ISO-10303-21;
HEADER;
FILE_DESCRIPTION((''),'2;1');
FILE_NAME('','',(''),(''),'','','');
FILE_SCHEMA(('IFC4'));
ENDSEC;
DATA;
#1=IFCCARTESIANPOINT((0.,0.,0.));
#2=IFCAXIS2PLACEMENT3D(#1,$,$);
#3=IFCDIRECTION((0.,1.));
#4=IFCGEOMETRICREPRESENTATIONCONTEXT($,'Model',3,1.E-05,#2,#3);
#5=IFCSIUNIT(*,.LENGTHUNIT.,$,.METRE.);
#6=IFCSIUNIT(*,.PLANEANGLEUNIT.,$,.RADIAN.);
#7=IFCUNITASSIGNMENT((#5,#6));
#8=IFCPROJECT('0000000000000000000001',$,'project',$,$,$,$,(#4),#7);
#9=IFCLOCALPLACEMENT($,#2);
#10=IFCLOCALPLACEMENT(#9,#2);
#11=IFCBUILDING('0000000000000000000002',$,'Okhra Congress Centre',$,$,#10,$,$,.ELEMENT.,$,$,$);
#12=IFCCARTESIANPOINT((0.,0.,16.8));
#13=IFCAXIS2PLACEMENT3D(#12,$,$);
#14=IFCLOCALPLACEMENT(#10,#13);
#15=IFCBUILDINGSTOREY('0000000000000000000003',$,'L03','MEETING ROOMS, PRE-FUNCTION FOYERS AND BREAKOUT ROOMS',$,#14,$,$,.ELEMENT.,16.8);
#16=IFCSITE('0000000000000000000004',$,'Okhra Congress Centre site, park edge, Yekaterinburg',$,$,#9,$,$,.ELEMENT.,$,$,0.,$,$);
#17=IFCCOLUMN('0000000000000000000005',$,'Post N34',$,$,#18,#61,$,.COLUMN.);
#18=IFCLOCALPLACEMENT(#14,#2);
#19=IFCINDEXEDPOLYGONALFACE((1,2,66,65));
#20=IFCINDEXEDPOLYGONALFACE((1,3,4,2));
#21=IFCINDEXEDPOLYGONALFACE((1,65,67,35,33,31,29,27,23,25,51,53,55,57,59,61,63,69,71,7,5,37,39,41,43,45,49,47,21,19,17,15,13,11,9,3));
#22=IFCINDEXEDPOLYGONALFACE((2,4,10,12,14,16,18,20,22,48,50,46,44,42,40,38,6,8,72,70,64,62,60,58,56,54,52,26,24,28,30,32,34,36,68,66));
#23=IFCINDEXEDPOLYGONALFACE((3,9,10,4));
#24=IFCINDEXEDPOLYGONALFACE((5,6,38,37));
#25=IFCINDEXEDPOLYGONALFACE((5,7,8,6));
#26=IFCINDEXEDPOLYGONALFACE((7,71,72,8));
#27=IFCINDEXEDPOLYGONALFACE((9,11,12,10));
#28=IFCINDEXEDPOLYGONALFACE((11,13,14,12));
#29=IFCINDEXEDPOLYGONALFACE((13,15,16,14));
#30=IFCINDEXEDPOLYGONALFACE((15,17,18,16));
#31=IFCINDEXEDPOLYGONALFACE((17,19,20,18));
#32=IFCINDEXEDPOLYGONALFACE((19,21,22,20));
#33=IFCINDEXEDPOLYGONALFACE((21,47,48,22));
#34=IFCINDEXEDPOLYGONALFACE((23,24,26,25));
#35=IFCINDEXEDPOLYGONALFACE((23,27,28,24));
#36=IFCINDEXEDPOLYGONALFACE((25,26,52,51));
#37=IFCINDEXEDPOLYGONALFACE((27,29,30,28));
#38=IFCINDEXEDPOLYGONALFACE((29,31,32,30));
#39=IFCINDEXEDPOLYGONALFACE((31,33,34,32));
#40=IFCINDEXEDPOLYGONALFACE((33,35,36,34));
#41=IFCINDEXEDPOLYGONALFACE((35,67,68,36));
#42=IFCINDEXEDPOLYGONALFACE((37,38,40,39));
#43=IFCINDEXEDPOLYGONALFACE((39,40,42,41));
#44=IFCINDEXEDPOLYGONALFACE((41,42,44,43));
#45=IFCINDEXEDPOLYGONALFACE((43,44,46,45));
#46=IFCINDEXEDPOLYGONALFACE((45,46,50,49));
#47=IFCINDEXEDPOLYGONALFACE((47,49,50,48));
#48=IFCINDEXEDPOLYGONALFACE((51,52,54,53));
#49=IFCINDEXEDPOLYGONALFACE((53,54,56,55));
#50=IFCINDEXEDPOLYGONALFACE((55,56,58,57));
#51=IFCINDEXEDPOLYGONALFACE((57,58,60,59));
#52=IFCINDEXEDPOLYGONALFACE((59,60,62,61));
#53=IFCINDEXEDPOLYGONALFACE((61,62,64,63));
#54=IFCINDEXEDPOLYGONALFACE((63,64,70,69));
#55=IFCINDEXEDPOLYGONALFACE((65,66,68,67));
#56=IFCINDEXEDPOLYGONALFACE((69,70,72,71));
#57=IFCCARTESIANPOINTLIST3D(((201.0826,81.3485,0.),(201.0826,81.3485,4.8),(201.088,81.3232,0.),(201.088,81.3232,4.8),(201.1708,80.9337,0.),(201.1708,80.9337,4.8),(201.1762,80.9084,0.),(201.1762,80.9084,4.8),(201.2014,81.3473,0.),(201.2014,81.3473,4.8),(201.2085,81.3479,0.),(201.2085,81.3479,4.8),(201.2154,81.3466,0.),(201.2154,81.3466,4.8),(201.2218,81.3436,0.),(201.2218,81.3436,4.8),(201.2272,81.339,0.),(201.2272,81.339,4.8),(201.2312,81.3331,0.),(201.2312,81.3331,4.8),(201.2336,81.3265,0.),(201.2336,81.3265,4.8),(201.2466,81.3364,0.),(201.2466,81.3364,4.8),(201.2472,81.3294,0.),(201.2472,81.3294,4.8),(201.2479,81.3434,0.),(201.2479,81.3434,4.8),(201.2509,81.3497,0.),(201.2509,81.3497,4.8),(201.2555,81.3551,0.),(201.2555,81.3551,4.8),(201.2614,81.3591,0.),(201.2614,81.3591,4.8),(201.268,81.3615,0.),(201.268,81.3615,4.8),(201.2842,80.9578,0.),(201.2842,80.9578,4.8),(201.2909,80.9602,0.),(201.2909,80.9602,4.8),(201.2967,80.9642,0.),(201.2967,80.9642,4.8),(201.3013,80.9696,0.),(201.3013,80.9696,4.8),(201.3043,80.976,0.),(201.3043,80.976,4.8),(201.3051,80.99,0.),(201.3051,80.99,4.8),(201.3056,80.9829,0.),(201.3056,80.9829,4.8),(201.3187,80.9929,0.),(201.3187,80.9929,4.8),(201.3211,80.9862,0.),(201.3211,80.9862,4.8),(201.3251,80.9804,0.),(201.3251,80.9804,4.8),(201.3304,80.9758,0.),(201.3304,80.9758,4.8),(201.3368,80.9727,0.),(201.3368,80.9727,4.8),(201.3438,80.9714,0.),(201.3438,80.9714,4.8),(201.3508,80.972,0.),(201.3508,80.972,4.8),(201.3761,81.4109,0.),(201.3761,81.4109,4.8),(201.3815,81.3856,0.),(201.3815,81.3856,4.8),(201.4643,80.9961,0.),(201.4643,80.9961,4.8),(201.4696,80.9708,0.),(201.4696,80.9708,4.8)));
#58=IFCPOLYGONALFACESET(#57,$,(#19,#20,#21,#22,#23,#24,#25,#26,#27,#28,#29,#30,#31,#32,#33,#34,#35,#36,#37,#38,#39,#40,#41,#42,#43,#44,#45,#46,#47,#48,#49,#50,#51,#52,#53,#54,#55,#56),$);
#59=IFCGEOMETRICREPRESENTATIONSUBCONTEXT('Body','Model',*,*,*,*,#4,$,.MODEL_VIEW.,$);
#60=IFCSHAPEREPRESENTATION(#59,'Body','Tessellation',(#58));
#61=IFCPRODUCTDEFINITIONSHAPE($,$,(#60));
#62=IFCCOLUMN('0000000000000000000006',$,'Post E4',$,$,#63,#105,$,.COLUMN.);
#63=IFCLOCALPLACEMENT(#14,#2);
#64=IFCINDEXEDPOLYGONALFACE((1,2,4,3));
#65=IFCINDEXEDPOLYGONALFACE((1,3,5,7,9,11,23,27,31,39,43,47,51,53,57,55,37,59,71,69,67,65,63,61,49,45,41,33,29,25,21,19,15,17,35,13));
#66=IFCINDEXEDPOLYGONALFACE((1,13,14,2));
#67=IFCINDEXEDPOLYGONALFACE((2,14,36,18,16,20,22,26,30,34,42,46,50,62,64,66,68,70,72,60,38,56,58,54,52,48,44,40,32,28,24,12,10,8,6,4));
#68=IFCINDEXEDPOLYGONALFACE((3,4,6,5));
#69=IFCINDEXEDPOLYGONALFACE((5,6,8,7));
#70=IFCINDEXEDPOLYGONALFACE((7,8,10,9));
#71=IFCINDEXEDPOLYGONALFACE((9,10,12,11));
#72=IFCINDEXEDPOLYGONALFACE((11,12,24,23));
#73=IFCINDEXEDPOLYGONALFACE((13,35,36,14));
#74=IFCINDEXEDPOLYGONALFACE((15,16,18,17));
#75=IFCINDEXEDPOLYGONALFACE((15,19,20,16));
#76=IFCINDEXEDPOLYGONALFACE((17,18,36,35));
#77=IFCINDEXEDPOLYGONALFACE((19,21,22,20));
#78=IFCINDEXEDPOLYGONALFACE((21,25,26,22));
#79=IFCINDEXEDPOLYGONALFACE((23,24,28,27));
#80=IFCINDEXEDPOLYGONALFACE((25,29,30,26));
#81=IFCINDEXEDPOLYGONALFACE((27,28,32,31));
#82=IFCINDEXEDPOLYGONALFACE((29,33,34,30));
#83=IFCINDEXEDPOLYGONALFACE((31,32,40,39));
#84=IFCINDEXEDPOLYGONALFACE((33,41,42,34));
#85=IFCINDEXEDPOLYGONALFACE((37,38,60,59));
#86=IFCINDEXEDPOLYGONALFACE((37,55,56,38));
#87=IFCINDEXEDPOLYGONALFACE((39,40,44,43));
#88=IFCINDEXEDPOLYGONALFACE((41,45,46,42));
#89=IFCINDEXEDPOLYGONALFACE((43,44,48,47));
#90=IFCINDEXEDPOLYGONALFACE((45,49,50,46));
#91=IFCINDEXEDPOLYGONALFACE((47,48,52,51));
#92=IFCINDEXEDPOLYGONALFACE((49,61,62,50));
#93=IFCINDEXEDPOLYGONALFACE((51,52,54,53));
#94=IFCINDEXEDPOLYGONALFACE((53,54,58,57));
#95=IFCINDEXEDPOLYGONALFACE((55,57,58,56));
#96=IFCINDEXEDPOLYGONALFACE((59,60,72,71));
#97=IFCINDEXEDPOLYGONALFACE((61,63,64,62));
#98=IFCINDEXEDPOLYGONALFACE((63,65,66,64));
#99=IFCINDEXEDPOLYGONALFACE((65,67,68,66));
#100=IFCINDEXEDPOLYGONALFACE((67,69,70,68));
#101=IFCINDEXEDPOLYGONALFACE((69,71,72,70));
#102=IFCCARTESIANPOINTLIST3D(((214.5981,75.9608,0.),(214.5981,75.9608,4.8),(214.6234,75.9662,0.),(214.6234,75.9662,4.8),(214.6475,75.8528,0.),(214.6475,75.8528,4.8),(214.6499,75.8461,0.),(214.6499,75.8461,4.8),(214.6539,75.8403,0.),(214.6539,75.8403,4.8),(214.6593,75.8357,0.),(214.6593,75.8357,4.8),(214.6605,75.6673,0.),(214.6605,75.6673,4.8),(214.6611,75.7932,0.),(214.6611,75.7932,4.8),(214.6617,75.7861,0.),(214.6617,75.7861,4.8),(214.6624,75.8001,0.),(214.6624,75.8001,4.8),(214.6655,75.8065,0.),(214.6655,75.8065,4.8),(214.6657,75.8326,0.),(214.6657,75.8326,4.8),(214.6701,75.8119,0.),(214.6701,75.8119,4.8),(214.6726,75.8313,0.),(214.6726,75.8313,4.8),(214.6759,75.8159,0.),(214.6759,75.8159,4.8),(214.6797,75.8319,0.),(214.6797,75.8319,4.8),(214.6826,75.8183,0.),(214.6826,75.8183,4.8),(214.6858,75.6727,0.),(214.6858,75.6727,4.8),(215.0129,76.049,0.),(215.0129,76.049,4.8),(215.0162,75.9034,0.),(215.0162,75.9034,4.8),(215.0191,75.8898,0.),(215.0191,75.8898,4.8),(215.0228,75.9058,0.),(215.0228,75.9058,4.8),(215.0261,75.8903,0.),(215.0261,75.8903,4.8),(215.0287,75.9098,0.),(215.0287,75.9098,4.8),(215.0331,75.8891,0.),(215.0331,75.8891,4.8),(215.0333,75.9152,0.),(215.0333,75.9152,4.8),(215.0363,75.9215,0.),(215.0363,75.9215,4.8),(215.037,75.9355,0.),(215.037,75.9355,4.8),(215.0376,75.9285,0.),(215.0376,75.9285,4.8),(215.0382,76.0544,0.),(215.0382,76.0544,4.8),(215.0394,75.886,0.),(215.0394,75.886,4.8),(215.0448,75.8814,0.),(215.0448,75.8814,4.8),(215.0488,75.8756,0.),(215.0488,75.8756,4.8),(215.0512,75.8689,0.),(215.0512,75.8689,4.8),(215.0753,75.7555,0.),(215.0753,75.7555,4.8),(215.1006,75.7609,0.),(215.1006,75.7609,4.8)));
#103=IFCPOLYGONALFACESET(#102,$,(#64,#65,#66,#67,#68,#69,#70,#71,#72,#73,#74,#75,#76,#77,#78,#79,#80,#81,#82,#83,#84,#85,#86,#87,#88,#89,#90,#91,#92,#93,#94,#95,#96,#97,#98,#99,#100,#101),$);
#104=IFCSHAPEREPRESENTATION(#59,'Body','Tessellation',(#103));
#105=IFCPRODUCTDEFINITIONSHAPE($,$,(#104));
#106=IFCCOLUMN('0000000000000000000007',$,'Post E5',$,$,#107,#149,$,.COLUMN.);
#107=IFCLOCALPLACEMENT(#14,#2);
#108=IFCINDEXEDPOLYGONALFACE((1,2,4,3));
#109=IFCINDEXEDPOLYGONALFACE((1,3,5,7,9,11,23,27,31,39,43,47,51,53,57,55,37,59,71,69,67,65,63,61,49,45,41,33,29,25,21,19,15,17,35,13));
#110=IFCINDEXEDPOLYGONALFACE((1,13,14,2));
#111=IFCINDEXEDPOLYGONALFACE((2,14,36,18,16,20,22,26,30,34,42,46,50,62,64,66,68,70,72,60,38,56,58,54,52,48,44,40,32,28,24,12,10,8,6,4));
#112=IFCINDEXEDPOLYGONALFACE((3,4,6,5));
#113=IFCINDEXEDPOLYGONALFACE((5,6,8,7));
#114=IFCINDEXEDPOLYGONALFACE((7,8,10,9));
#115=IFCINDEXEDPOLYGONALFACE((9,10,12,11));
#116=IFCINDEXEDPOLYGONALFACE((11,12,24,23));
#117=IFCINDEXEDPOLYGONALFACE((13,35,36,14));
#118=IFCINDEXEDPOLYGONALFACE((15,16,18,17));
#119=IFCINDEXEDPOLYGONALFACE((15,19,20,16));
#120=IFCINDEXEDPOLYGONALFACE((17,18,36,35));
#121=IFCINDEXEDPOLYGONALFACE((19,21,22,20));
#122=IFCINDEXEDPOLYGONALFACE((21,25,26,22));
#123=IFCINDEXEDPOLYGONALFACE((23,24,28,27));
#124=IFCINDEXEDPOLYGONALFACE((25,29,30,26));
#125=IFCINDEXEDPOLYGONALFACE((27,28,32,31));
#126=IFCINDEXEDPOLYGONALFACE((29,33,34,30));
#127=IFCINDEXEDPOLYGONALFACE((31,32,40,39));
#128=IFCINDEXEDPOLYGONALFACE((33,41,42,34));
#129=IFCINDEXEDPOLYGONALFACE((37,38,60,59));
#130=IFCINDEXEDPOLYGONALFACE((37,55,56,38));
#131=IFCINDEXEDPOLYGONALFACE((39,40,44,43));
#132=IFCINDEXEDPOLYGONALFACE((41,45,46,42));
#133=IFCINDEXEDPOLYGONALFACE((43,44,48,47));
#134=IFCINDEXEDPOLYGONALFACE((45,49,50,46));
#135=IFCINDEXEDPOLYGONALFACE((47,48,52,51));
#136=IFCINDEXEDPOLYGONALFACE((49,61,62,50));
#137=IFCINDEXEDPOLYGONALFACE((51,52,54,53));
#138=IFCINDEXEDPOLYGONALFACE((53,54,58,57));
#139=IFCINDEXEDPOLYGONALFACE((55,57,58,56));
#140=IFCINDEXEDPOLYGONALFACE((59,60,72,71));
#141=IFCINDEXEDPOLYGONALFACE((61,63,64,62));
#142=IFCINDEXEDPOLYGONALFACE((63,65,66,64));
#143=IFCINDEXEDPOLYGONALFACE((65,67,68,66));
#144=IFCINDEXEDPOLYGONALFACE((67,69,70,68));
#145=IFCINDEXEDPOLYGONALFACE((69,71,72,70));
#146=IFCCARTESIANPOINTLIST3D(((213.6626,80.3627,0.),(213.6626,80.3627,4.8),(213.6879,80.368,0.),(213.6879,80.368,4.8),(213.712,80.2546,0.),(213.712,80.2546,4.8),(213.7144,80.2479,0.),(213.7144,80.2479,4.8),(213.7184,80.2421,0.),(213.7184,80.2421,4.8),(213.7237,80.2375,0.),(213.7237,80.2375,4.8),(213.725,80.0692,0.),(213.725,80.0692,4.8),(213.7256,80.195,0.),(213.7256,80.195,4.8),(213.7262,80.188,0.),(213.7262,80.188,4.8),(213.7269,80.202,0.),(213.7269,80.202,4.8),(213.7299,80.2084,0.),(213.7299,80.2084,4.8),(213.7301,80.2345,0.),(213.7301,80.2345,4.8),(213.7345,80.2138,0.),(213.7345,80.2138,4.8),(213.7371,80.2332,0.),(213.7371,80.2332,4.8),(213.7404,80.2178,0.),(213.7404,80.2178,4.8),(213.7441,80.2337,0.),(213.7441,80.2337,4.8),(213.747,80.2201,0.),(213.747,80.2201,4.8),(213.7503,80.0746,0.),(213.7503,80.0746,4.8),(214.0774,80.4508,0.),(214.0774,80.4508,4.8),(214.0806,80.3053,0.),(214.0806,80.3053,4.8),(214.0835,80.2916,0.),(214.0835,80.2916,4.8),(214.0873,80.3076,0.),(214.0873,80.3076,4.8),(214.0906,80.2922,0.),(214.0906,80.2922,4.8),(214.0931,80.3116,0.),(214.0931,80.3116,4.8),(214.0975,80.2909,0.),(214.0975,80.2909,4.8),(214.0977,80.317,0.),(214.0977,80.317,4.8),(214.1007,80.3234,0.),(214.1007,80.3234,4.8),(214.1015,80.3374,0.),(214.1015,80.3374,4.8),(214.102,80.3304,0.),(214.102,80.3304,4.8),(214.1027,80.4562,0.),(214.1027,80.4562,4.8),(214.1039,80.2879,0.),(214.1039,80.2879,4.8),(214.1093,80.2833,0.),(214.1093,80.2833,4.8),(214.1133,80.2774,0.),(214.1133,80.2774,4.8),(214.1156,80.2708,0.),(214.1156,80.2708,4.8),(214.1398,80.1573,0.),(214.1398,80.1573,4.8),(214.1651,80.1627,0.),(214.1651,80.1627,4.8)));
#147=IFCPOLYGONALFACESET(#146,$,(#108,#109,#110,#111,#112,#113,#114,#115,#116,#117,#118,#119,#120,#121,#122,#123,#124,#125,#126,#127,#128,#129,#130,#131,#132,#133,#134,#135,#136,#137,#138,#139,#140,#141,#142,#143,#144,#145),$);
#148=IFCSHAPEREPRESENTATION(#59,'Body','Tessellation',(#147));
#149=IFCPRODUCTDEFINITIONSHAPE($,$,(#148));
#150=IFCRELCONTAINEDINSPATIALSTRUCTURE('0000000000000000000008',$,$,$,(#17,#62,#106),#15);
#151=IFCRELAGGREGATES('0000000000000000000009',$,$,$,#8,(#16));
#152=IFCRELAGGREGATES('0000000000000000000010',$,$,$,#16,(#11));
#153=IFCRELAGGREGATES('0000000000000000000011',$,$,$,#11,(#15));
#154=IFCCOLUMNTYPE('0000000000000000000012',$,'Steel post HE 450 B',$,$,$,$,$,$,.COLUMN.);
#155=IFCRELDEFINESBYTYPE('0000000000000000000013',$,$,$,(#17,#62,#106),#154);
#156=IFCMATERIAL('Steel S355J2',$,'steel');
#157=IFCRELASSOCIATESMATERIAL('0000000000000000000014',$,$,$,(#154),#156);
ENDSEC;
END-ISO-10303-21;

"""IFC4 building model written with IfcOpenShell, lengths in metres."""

from ifc_helpers import new_model, si_unit, direction, frame, origin, origin_2d, place, context, subcontext, project, spatial, i_section, extrude, material, material_profile, profile_set, type_object, element, save


model = new_model("IFC4")

# Units and contexts
model_context = context("Model", 3, precision=1e-05, world=origin(), true_north=direction((0.0, 1.0)))
body_context = subcontext(model_context, "Body", "Model", "MODEL_VIEW")
ifc_project = project(units=[si_unit("LENGTHUNIT", "METRE"), si_unit("PLANEANGLEUNIT", "RADIAN")], contexts=[model_context])

# Site, building, storey
site_placement = place(None, origin())
site = spatial("IfcSite", under=ifc_project, at=site_placement, Name="Okhra Congress Centre site, park edge, Yekaterinburg", CompositionType="ELEMENT", RefElevation=0.0)
building_placement = place(site_placement, origin())
building = spatial("IfcBuilding", under=site, at=building_placement, Name="Okhra Congress Centre", CompositionType="ELEMENT")
storey_placement = place(building_placement, frame((0.0, 0.0, 16.8)))
storey = spatial("IfcBuildingStorey", under=building, at=storey_placement, Name="L03", Description="MEETING ROOMS, PRE-FUNCTION FOYERS AND BREAKOUT ROOMS", CompositionType="ELEMENT", Elevation=16.8)

# Columns
ifc_material_1 = material(Name="Steel S355J2", Category="steel")
ifc_material_profile_1 = material_profile(ifc_material_1, i_section(OverallWidth=0.3, OverallDepth=0.45, WebThickness=0.0139, FlangeThickness=0.0259, FilletRadius=0.0271, at=origin_2d()), Name="HE 450 B")
ifc_profile_set_1 = profile_set([ifc_material_profile_1], Name="Steel S355J2")
column_type = type_object("IfcColumnType", Name="Steel post HE 450 B", PredefinedType="COLUMN", material=ifc_profile_set_1)
for number, where, z_axis, x_axis, name in (
    (1, (201.2761, 81.1597, 0.0), (0.0, 0.0, 1.0), (0.978148, 0.207912, 0.0), "Post N34"),
    (2, (214.8494, 75.8608, 0.0), (0.0, 0.0, 1.0), (-0.207912, 0.978148, 0.0), "Post E4"),
    (3, (213.9138, 80.2627, 0.0), (0.0, 0.0, 1.0), (-0.207912, 0.978148, 0.0), "Post E5"),
):
    element("IfcColumn", number, at=place(storey_placement, frame(where, z_axis=z_axis, x_axis=x_axis)), inside=storey, type_object=column_type, Name=name, PredefinedType="COLUMN", context=body_context, shape_type="SweptSolid", body=[
        extrude(i_section(OverallWidth=0.3, OverallDepth=0.45, WebThickness=0.0139, FlangeThickness=0.0259, FilletRadius=0.0271, at=origin_2d()), origin(), (0.0, 0.0, 1.0), 4.8),
    ])

save(model, "model.ifc")
